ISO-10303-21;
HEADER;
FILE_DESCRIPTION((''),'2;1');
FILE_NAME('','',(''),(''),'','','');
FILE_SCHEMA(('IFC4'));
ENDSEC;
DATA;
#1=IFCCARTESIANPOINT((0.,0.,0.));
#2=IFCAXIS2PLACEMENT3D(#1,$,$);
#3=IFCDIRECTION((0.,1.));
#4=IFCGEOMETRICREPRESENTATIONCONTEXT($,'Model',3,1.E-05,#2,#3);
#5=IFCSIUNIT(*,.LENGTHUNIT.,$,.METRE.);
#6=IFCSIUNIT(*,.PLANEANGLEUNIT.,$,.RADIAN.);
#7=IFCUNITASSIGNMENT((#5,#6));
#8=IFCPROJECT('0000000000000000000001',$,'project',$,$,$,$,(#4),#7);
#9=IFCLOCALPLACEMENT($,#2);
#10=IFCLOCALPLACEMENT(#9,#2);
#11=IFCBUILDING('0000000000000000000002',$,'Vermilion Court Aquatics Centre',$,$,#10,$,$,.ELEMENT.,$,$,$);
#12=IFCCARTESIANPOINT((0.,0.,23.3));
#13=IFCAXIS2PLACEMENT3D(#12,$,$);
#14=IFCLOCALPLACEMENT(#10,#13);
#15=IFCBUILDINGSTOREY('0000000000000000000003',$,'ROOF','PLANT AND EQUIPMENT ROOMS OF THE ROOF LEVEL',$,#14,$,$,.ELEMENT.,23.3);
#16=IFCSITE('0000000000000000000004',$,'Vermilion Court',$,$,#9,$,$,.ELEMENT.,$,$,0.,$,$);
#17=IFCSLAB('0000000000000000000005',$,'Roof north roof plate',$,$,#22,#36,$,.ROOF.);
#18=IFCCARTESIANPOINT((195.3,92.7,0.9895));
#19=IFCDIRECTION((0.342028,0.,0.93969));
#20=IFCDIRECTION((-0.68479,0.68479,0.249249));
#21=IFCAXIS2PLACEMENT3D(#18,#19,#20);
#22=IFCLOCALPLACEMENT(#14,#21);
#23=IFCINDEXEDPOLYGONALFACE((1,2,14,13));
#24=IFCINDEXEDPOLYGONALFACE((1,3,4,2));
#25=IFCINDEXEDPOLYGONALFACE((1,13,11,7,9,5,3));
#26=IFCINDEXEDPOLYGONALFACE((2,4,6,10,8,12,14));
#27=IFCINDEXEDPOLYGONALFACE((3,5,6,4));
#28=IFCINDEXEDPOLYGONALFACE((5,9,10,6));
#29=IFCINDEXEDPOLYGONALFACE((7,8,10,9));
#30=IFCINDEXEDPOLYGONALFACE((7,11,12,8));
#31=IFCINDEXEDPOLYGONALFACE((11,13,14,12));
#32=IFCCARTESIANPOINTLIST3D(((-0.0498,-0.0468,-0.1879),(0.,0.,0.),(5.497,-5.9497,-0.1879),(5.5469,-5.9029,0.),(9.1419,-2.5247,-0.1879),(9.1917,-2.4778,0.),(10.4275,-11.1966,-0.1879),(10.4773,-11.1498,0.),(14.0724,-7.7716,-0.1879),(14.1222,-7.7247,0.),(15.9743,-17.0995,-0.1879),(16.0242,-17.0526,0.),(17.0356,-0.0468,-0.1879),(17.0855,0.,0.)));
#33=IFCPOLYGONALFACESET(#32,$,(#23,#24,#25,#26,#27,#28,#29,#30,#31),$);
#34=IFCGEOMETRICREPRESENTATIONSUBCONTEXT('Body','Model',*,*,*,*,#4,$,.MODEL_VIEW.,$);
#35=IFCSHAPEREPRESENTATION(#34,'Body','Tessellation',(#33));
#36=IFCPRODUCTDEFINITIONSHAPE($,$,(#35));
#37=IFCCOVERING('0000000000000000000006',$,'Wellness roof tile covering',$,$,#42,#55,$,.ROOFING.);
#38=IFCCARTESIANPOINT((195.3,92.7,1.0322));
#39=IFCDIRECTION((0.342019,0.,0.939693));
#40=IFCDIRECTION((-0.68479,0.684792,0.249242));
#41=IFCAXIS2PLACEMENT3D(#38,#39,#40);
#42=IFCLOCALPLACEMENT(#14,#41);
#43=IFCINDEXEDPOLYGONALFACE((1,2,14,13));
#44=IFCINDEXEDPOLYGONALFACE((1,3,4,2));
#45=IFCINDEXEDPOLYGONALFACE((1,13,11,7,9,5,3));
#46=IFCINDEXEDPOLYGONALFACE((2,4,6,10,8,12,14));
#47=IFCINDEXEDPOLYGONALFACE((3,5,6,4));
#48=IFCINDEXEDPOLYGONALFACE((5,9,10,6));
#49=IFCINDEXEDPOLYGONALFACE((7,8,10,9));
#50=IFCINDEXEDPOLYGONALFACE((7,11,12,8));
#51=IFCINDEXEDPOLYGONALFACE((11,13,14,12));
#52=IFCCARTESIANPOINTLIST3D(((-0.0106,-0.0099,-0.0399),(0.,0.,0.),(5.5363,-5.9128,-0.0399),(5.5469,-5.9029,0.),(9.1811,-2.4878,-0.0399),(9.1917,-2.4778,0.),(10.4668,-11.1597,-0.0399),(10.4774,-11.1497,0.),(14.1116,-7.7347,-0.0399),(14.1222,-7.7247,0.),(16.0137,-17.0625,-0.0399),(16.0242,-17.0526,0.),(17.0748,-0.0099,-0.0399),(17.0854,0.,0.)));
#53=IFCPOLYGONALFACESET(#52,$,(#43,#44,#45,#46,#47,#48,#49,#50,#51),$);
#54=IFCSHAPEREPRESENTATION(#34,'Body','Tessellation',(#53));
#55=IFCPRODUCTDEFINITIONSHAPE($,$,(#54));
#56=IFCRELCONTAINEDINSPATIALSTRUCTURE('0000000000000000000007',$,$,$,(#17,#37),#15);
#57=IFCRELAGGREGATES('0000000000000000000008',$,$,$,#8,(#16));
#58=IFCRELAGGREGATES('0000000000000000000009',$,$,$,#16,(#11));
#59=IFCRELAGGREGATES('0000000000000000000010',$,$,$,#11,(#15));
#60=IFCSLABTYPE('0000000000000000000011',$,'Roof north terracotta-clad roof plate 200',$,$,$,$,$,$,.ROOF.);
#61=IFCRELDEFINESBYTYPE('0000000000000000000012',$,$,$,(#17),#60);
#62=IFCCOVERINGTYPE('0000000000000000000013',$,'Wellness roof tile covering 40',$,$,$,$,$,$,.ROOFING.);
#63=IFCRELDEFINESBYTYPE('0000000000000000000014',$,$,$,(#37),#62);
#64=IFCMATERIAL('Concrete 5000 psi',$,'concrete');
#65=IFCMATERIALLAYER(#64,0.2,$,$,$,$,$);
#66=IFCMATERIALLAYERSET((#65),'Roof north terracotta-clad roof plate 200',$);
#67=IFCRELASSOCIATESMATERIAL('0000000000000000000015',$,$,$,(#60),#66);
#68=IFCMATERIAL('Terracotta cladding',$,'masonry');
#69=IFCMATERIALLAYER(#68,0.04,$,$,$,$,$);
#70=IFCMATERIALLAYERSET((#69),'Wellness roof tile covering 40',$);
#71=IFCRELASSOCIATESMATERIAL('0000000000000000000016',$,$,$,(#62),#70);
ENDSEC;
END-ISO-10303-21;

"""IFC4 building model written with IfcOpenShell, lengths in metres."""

from ifc_helpers import new_model, si_unit, direction, frame, origin, place, context, subcontext, project, spatial, polyline, outline, extrude, material, layer, layer_set, type_object, element, save


model = new_model("IFC4")

# Units and contexts
model_context = context("Model", 3, precision=1e-05, world=origin(), true_north=direction((0.0, 1.0)))
body_context = subcontext(model_context, "Body", "Model", "MODEL_VIEW")
ifc_project = project(units=[si_unit("LENGTHUNIT", "METRE"), si_unit("PLANEANGLEUNIT", "RADIAN")], contexts=[model_context])

# Site, building, storey
site_placement = place(None, origin())
site = spatial("IfcSite", under=ifc_project, at=site_placement, Name="Vermilion Court", CompositionType="ELEMENT", RefElevation=0.0)
building_placement = place(site_placement, origin())
building = spatial("IfcBuilding", under=site, at=building_placement, Name="Vermilion Court Aquatics Centre", CompositionType="ELEMENT")
storey_placement = place(building_placement, frame((0.0, 0.0, 23.3)))
storey = spatial("IfcBuildingStorey", under=building, at=storey_placement, Name="ROOF", Description="PLANT AND EQUIPMENT ROOMS OF THE ROOF LEVEL", CompositionType="ELEMENT", Elevation=23.3)

# Slab
ifc_material_1 = material(Name="Concrete 5000 psi", Category="concrete")
ifc_layer_1 = layer(ifc_material_1, 0.2)
ifc_layer_set_1 = layer_set([ifc_layer_1], Name="Roof north terracotta-clad roof plate 200")
slab_type_1 = type_object("IfcSlabType", Name="Roof north terracotta-clad roof plate 200", PredefinedType="ROOF", material=ifc_layer_set_1)
slab_1_placement = place(storey_placement, frame((195.3, 92.7, 0.9895), z_axis=(0.342028, 0.0, 0.93969), x_axis=(-0.68479, 0.68479, 0.249249)))
element("IfcSlab", 1, at=slab_1_placement, inside=storey, type_object=slab_type_1, Name="Roof north roof plate", PredefinedType="ROOF", context=body_context, shape_type="SweptSolid", body=[
    extrude(outline(polyline([(0.0, 0.0), (17.0855, 0.0), (16.0242, -17.0526), (10.4773, -11.1498), (14.1222, -7.7247), (9.1917, -2.4778), (5.5469, -5.9029), (0.0, 0.0)])), origin(), (-0.249249, -0.234217, -0.93969), 0.2),
])

# Covering
ifc_material_2 = material(Name="Terracotta cladding", Category="masonry")
ifc_layer_2 = layer(ifc_material_2, 0.04)
ifc_layer_set_2 = layer_set([ifc_layer_2], Name="Wellness roof tile covering 40")
covering_type = type_object("IfcCoveringType", Name="Wellness roof tile covering 40", PredefinedType="ROOFING", material=ifc_layer_set_2)
covering_placement = place(storey_placement, frame((195.3, 92.7, 1.0322), z_axis=(0.342019, 0.0, 0.939693), x_axis=(-0.68479, 0.684792, 0.249242)))
element("IfcCovering", 2, at=covering_placement, inside=storey, type_object=covering_type, Name="Wellness roof tile covering", PredefinedType="ROOFING", context=body_context, shape_type="SweptSolid", body=[
    extrude(outline(polyline([(0.0, 0.0), (17.0854, 0.0), (16.0242, -17.0526), (10.4774, -11.1497), (14.1222, -7.7247), (9.1917, -2.4778), (5.5469, -5.9029), (0.0, 0.0)])), origin(), (-0.249242, -0.234212, -0.939693), 0.0425),
])

save(model, "model.ifc")
